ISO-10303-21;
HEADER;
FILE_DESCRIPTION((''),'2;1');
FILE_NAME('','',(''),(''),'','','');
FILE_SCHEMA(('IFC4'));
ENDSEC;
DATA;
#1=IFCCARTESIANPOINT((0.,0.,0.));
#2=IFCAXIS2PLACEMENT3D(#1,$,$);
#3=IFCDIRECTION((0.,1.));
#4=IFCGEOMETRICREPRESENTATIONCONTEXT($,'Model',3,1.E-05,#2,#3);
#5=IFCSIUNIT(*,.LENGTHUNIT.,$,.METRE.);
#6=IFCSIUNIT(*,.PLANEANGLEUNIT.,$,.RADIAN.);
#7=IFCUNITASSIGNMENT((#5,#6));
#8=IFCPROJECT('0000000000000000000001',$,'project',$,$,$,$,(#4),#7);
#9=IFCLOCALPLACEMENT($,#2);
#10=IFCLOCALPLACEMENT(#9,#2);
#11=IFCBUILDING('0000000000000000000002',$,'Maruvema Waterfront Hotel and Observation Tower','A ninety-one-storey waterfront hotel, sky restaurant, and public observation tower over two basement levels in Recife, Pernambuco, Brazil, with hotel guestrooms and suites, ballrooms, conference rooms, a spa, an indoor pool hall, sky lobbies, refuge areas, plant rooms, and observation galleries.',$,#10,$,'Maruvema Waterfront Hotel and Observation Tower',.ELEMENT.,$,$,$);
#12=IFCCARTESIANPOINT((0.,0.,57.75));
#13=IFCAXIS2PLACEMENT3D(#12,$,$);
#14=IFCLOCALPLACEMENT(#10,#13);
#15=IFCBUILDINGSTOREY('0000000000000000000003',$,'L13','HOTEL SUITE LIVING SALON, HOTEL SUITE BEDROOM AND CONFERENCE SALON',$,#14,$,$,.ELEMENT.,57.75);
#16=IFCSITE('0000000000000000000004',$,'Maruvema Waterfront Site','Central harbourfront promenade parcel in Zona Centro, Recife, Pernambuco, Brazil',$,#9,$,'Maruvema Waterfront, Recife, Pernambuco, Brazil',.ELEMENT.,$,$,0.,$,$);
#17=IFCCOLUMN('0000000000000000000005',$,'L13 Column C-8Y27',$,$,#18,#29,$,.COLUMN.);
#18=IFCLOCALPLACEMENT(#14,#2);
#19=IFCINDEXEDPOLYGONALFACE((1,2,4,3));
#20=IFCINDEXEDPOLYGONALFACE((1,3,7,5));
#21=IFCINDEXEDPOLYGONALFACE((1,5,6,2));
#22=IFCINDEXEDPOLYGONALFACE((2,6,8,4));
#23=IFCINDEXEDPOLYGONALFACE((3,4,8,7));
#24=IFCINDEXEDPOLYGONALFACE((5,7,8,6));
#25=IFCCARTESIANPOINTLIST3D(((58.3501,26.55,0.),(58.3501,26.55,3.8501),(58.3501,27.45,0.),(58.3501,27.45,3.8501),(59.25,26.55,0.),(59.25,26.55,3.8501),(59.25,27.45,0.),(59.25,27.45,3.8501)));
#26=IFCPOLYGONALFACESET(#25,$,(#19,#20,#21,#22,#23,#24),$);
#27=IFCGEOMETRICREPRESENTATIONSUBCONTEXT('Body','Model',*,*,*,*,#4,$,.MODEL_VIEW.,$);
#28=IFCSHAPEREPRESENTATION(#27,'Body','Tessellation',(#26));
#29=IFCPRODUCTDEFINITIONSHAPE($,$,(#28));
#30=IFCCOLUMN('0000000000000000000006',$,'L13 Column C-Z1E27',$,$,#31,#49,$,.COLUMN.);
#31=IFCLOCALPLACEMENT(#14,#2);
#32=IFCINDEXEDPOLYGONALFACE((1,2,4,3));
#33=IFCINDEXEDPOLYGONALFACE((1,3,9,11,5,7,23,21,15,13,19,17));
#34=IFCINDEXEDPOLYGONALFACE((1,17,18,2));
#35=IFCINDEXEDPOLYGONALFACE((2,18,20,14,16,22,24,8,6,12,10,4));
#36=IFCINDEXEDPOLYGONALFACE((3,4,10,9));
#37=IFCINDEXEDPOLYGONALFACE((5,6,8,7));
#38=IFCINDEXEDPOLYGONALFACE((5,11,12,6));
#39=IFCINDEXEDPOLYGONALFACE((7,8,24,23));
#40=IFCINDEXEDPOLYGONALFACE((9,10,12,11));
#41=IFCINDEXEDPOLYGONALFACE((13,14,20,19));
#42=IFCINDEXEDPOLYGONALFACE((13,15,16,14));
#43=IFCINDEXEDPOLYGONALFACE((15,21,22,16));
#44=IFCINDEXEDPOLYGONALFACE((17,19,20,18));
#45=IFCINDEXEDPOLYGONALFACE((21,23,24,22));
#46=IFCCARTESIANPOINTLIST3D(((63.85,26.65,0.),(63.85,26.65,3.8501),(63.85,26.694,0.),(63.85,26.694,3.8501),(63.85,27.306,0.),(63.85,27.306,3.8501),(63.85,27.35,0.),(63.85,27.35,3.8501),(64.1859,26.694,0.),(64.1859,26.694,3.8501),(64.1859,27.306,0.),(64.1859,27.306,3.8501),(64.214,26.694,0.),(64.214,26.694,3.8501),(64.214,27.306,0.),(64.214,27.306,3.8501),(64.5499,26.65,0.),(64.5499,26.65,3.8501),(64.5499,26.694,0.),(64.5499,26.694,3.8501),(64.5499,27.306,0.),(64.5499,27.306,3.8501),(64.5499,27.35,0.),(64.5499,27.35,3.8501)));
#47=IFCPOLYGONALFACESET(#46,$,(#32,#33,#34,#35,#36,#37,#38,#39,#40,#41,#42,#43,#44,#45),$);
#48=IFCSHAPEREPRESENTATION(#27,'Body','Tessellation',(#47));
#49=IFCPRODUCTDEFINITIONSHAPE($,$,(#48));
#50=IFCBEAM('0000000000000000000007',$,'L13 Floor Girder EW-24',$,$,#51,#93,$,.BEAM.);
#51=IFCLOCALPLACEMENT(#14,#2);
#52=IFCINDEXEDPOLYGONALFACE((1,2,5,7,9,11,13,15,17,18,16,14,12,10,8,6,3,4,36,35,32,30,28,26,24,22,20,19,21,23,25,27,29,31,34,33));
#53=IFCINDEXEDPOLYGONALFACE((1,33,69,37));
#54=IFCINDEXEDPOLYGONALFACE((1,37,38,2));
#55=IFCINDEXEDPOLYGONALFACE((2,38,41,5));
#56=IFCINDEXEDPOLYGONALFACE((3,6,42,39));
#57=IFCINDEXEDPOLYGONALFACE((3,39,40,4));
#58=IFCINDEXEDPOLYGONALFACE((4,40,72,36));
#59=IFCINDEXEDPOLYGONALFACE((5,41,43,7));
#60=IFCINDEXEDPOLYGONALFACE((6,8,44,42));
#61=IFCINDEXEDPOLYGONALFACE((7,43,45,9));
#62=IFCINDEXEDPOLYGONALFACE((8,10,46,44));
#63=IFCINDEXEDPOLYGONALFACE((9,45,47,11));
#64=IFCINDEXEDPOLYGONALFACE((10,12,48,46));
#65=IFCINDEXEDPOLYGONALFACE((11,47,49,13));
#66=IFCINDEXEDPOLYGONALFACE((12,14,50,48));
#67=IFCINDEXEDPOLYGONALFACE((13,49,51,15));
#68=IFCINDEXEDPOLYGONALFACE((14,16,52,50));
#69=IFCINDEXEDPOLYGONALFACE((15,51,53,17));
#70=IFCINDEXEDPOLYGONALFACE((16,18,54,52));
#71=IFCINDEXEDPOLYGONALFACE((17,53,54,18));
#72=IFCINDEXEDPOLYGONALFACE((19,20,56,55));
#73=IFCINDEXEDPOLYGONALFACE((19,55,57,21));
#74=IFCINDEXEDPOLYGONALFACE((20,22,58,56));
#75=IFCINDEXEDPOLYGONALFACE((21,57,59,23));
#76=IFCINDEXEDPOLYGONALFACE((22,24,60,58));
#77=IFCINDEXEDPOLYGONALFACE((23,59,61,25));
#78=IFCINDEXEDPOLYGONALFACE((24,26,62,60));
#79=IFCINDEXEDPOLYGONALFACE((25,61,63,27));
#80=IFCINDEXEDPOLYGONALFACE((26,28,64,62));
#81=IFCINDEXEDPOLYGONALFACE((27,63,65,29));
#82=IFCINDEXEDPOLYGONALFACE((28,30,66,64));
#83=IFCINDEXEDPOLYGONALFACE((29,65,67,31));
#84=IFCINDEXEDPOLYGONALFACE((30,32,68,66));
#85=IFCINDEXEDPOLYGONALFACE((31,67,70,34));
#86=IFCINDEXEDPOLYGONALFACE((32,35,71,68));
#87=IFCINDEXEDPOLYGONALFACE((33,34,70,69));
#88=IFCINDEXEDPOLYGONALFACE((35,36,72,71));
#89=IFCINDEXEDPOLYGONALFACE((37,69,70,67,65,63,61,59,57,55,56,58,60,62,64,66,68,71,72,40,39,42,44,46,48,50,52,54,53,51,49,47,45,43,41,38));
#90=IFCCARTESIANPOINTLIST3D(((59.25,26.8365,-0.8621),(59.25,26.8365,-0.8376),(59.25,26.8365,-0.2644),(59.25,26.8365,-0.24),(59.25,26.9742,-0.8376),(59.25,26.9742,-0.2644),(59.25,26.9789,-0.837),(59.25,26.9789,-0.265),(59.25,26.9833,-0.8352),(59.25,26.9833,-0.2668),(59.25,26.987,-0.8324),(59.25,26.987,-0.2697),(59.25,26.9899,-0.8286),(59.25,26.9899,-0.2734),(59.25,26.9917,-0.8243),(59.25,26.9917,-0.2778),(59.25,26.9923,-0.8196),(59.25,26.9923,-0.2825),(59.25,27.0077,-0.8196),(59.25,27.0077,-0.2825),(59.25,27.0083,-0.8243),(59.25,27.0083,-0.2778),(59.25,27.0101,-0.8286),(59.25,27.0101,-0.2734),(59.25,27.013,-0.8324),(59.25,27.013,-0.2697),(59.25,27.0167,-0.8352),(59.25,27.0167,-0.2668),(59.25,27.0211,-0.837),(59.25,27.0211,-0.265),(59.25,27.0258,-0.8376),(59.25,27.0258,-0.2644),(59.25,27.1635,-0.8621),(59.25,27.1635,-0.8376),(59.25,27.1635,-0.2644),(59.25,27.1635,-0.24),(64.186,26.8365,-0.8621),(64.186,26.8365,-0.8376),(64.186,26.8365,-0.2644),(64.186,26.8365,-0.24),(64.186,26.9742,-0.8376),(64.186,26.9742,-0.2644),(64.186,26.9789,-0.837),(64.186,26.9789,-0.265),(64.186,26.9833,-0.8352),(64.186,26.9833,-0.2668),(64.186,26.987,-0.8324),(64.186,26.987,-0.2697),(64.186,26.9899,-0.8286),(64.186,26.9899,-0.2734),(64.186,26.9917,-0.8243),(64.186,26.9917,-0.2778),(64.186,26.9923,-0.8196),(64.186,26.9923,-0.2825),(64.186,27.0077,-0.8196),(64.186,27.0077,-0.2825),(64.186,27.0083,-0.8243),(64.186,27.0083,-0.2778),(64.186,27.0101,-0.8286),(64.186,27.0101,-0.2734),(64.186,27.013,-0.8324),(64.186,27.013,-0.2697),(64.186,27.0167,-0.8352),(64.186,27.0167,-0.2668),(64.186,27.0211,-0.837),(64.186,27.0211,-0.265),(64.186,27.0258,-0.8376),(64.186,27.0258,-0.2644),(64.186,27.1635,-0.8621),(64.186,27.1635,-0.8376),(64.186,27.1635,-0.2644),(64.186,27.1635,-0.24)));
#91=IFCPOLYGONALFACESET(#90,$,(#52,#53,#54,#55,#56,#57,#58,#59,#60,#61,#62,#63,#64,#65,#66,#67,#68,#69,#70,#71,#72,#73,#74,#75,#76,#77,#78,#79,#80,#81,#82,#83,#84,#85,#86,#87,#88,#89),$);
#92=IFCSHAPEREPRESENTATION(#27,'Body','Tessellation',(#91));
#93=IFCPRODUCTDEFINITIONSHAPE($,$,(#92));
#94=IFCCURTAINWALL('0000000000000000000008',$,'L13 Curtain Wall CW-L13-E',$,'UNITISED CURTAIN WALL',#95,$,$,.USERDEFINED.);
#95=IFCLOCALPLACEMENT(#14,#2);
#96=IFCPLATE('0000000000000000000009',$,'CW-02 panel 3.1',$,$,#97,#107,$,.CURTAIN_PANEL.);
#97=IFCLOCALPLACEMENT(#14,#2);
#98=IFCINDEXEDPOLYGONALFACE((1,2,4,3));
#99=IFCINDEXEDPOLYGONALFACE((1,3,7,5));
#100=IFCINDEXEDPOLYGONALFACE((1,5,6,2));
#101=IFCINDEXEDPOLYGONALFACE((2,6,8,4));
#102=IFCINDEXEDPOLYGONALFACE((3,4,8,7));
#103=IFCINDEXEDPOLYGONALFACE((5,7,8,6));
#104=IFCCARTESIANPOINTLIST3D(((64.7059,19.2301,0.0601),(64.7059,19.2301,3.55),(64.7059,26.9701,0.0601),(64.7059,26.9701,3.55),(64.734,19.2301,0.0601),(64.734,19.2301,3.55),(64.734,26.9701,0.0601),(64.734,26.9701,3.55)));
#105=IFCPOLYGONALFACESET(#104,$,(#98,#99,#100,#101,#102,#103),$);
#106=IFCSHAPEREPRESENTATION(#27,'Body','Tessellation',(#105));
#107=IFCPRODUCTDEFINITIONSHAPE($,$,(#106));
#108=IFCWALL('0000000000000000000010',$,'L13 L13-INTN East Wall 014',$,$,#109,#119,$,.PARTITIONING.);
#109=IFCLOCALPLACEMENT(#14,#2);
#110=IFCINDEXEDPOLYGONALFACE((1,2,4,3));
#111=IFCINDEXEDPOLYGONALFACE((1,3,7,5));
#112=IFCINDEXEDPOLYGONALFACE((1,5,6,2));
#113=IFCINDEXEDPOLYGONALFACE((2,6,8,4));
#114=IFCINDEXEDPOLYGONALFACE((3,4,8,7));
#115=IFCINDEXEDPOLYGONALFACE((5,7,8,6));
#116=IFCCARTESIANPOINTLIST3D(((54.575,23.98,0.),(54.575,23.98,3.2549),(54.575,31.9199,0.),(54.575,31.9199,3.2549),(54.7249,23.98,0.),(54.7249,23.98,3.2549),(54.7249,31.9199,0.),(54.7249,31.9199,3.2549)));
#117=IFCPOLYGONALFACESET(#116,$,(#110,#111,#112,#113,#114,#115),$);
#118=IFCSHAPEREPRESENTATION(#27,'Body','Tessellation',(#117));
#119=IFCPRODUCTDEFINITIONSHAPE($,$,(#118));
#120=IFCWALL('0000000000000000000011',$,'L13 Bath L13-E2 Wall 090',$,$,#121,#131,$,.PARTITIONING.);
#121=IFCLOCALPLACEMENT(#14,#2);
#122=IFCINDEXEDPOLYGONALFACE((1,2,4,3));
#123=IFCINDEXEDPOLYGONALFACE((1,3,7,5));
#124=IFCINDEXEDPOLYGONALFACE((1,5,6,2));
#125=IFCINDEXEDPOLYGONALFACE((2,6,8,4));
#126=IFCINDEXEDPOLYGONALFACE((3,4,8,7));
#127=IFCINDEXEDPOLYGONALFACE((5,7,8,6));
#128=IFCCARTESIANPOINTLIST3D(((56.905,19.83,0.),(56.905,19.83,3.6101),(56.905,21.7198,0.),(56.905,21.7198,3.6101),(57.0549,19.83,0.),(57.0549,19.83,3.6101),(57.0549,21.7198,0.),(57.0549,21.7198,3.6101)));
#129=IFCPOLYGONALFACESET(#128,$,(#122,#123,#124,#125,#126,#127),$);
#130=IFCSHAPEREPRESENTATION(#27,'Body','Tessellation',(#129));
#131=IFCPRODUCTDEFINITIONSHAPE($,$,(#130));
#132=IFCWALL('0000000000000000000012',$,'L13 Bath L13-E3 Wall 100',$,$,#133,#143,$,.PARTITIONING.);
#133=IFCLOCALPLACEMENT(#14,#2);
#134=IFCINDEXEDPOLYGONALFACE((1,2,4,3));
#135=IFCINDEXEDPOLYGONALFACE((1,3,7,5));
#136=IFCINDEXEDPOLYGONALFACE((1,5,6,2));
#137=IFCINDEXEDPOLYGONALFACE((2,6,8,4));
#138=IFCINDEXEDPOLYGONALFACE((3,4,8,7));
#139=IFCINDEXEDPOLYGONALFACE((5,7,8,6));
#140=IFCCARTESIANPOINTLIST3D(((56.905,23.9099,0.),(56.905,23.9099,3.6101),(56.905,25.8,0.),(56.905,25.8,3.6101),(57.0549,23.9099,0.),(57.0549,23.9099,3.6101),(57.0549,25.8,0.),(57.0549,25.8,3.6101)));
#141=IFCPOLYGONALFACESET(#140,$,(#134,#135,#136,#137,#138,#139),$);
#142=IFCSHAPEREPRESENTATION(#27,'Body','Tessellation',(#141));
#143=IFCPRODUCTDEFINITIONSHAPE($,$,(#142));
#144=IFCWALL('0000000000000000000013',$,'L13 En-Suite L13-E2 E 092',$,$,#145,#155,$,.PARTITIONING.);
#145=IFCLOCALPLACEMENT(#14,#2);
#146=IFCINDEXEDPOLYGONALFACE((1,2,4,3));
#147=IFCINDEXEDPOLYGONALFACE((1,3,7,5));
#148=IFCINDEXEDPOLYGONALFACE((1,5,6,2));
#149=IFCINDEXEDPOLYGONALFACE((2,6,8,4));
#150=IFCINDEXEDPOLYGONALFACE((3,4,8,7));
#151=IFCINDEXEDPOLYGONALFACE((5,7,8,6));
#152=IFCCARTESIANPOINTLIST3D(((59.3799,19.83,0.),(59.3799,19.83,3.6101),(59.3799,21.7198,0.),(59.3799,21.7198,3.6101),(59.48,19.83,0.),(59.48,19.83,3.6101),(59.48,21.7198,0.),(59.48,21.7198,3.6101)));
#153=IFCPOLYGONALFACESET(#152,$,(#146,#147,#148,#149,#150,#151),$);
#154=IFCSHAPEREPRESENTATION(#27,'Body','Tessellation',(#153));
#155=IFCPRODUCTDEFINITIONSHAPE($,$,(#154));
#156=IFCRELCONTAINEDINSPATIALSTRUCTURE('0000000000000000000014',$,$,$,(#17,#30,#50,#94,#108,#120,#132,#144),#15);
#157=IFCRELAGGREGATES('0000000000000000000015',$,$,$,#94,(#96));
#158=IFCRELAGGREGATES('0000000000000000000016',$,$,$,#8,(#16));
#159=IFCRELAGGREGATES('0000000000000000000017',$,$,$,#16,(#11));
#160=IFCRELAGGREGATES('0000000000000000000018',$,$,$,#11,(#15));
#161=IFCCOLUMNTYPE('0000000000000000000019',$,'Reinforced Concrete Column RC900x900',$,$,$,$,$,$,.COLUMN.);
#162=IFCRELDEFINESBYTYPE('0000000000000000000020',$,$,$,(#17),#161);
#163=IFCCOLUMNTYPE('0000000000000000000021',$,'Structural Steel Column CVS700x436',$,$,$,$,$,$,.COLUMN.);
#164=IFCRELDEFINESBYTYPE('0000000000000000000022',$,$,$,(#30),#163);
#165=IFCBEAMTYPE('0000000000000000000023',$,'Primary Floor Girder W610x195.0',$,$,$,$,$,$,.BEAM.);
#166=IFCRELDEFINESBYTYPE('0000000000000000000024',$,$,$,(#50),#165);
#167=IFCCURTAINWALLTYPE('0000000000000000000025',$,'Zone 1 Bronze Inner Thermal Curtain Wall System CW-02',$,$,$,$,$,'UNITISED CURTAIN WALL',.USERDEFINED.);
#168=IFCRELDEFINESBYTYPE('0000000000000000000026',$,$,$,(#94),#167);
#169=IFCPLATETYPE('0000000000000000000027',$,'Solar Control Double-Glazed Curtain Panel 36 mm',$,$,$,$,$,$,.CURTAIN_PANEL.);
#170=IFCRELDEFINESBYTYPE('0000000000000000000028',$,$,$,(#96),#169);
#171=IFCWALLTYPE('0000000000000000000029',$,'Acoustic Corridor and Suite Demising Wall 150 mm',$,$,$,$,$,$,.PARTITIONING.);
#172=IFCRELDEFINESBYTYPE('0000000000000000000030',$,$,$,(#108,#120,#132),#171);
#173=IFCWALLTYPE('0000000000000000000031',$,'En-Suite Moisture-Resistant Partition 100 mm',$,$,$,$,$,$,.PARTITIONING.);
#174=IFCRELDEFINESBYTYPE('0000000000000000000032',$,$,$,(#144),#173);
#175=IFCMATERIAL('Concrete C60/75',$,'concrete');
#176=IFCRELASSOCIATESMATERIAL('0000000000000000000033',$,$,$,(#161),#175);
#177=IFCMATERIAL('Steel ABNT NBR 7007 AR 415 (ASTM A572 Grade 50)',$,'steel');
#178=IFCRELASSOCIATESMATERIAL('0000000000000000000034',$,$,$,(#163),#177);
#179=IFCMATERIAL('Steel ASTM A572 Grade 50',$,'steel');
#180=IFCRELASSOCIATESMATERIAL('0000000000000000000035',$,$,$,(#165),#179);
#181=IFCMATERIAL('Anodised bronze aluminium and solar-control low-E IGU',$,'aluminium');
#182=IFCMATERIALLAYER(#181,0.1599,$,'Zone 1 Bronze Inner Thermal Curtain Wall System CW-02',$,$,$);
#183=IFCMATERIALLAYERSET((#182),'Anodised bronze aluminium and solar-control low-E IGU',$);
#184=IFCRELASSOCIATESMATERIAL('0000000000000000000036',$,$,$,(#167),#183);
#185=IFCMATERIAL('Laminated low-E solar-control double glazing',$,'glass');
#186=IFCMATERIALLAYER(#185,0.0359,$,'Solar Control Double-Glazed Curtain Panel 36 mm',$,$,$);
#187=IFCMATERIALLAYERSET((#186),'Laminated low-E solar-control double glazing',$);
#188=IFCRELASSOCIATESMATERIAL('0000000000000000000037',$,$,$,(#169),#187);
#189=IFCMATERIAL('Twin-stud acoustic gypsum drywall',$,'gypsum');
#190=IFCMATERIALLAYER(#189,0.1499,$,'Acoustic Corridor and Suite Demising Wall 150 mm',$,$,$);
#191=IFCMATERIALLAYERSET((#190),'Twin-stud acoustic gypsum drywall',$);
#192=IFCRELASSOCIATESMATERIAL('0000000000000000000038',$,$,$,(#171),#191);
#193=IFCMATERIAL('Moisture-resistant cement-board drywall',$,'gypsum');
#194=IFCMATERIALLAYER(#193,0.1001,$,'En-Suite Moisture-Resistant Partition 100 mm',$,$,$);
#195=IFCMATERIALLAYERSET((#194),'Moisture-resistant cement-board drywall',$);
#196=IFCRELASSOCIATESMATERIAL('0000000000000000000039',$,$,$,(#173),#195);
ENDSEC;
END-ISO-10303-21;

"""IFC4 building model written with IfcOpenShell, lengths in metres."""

from ifc_helpers import new_model, si_unit, direction, frame, frame_2d, origin, origin_2d, place, context, subcontext, project, spatial, rectangle, i_section, extrude, material, layer, layer_set, material_profile, profile_set, type_object, element, aggregate, save


model = new_model("IFC4")

# Units and contexts
model_context = context("Model", 3, precision=1e-05, world=origin(), true_north=direction((0.0, 1.0)))
body_context = subcontext(model_context, "Body", "Model", "MODEL_VIEW")
ifc_project = project(units=[si_unit("LENGTHUNIT", "METRE"), si_unit("PLANEANGLEUNIT", "RADIAN")], contexts=[model_context])

# Site, building, storey
site_placement = place(None, origin())
site = spatial("IfcSite", under=ifc_project, at=site_placement, Name="Maruvema Waterfront Site", Description="Central harbourfront promenade parcel in Zona Centro, Recife, Pernambuco, Brazil", LongName="Maruvema Waterfront, Recife, Pernambuco, Brazil", CompositionType="ELEMENT", RefElevation=0.0)
building_placement = place(site_placement, origin())
building = spatial("IfcBuilding", under=site, at=building_placement, Name="Maruvema Waterfront Hotel and Observation Tower", Description="A ninety-one-storey waterfront hotel, sky restaurant, and public observation tower over two basement levels in Recife, Pernambuco, Brazil, with hotel guestrooms and suites, ballrooms, conference rooms, a spa, an indoor pool hall, sky lobbies, refuge areas, plant rooms, and observation galleries.", LongName="Maruvema Waterfront Hotel and Observation Tower", CompositionType="ELEMENT")
storey_placement = place(building_placement, frame((0.0, 0.0, 57.75)))
storey = spatial("IfcBuildingStorey", under=building, at=storey_placement, Name="L13", Description="HOTEL SUITE LIVING SALON, HOTEL SUITE BEDROOM AND CONFERENCE SALON", CompositionType="ELEMENT", Elevation=57.75)

# Columns
ifc_material_1 = material(Name="Concrete C60/75", Category="concrete")
ifc_material_profile_1 = material_profile(ifc_material_1, rectangle(XDim=0.8999, YDim=0.8999, at=origin_2d()), Name="RC900x900")
ifc_profile_set_1 = profile_set([ifc_material_profile_1], Name="Concrete C60/75")
column_type_1 = type_object("IfcColumnType", Name="Reinforced Concrete Column RC900x900", PredefinedType="COLUMN", material=ifc_profile_set_1)
column_1_placement = place(storey_placement, frame((58.8, 27.0, 0.0), z_axis=(0.0, 0.0, 1.0), x_axis=(1.0, 0.0, 0.0)))
element("IfcColumn", 1, at=column_1_placement, inside=storey, type_object=column_type_1, Name="L13 Column C-8Y27", PredefinedType="COLUMN", context=body_context, shape_type="SweptSolid", body=[
    extrude(rectangle(XDim=0.8999, YDim=0.8999, at=origin_2d()), origin(), (0.0, 0.0, 1.0), 3.8501),
])
ifc_material_2 = material(Name="Steel ABNT NBR 7007 AR 415 (ASTM A572 Grade 50)", Category="steel")
ifc_material_profile_2 = material_profile(ifc_material_2, i_section(OverallWidth=0.7, OverallDepth=0.7, WebThickness=0.0281, FlangeThickness=0.0439, at=origin_2d()), Name="CVS700x436")
ifc_profile_set_2 = profile_set([ifc_material_profile_2], Name="Steel ABNT NBR 7007 AR 415 (ASTM A572 Grade 50)")
column_type_2 = type_object("IfcColumnType", Name="Structural Steel Column CVS700x436", PredefinedType="COLUMN", material=ifc_profile_set_2)
column_2_placement = place(storey_placement, frame((64.2, 27.0, 0.0), z_axis=(0.0, 0.0, 1.0), x_axis=(1.0, 0.0, 0.0)))
element("IfcColumn", 2, at=column_2_placement, inside=storey, type_object=column_type_2, Name="L13 Column C-Z1E27", PredefinedType="COLUMN", context=body_context, shape_type="SweptSolid", body=[
    extrude(i_section(OverallWidth=0.7, OverallDepth=0.7, WebThickness=0.0281, FlangeThickness=0.0439, at=origin_2d()), origin(), (0.0, 0.0, 1.0), 3.8501),
])

# Beam
ifc_material_3 = material(Name="Steel ASTM A572 Grade 50", Category="steel")
ifc_material_profile_3 = material_profile(ifc_material_3, i_section(OverallWidth=0.3269, OverallDepth=0.6221, WebThickness=0.0154, FlangeThickness=0.0244, FilletRadius=0.0181, at=origin_2d()), Name="W610x195.0")
ifc_profile_set_3 = profile_set([ifc_material_profile_3], Name="Steel ASTM A572 Grade 50")
beam_type = type_object("IfcBeamType", Name="Primary Floor Girder W610x195.0", PredefinedType="BEAM", material=ifc_profile_set_3)
beam_placement = place(storey_placement, frame((59.25, 27.0, -0.551), z_axis=(1.0, 0.0, 0.0), x_axis=(0.0, 1.0, 0.0)))
element("IfcBeam", 3, at=beam_placement, inside=storey, type_object=beam_type, Name="L13 Floor Girder EW-24", PredefinedType="BEAM", context=body_context, shape_type="SweptSolid", body=[
    extrude(i_section(OverallWidth=0.3269, OverallDepth=0.6221, WebThickness=0.0154, FlangeThickness=0.0244, FilletRadius=0.0181, at=origin_2d()), origin(), (0.0, 0.0, 1.0), 4.936),
])

# Curtain wall, plate
ifc_material_4 = material(Name="Anodised bronze aluminium and solar-control low-E IGU", Category="aluminium")
ifc_layer_1 = layer(ifc_material_4, 0.1599, Name="Zone 1 Bronze Inner Thermal Curtain Wall System CW-02")
ifc_layer_set_1 = layer_set([ifc_layer_1], Name="Anodised bronze aluminium and solar-control low-E IGU")
curtain_wall_type = type_object("IfcCurtainWallType", Name="Zone 1 Bronze Inner Thermal Curtain Wall System CW-02", ElementType="UNITISED CURTAIN WALL", PredefinedType="USERDEFINED", material=ifc_layer_set_1)
curtain_wall_placement = place(storey_placement, origin())
curtain_wall = element("IfcCurtainWall", 4, at=curtain_wall_placement, inside=storey, type_object=curtain_wall_type, Name="L13 Curtain Wall CW-L13-E", ObjectType="UNITISED CURTAIN WALL", PredefinedType="USERDEFINED")
ifc_material_5 = material(Name="Laminated low-E solar-control double glazing", Category="glass")
ifc_layer_2 = layer(ifc_material_5, 0.0359, Name="Solar Control Double-Glazed Curtain Panel 36 mm")
ifc_layer_set_2 = layer_set([ifc_layer_2], Name="Laminated low-E solar-control double glazing")
plate_type = type_object("IfcPlateType", Name="Solar Control Double-Glazed Curtain Panel 36 mm", PredefinedType="CURTAIN_PANEL", material=ifc_layer_set_2)
plate_placement = place(storey_placement, frame((64.72, 23.1001, 0.0601), z_axis=(0.0, 0.0, 1.0), x_axis=(0.0, 1.0, 0.0)))
plate = element("IfcPlate", 5, at=plate_placement, type_object=plate_type, Name="CW-02 panel 3.1", PredefinedType="CURTAIN_PANEL", context=body_context, shape_type="SweptSolid", body=[
    extrude(rectangle(XDim=7.74, YDim=0.0281, at=origin_2d()), origin(), (0.0, 0.0, 1.0), 3.49),
])
aggregate(curtain_wall, [plate])

# Walls
ifc_material_6 = material(Name="Twin-stud acoustic gypsum drywall", Category="gypsum")
ifc_layer_3 = layer(ifc_material_6, 0.1499, Name="Acoustic Corridor and Suite Demising Wall 150 mm")
ifc_layer_set_3 = layer_set([ifc_layer_3], Name="Twin-stud acoustic gypsum drywall")
wall_type_1 = type_object("IfcWallType", Name="Acoustic Corridor and Suite Demising Wall 150 mm", PredefinedType="PARTITIONING", material=ifc_layer_set_3)
wall_1_placement = place(storey_placement, frame((54.6499, 23.98, 0.0), z_axis=(0.0, 0.0, 1.0), x_axis=(0.0, 1.0, 0.0)))
element("IfcWall", 6, at=wall_1_placement, inside=storey, type_object=wall_type_1, Name="L13 L13-INTN East Wall 014", PredefinedType="PARTITIONING", context=body_context, shape_type="SweptSolid", body=[
    extrude(rectangle(XDim=7.9399, YDim=0.1499, at=frame_2d((3.97, 0.0))), origin(), (0.0, 0.0, 1.0), 3.2549),
])
wall_2_placement = place(storey_placement, frame((56.98, 19.8301, 0.0), z_axis=(0.0, 0.0, 1.0), x_axis=(0.0, 1.0, 0.0)))
element("IfcWall", 7, at=wall_2_placement, inside=storey, type_object=wall_type_1, Name="L13 Bath L13-E2 Wall 090", PredefinedType="PARTITIONING", context=body_context, shape_type="SweptSolid", body=[
    extrude(rectangle(XDim=1.8899, YDim=0.1499, at=frame_2d((0.9448, 0.0))), origin(), (0.0, 0.0, 1.0), 3.6101),
])

# Wall
wall_3_placement = place(storey_placement, frame((56.98, 23.9099, 0.0), z_axis=(0.0, 0.0, 1.0), x_axis=(0.0, 1.0, 0.0)))
element("IfcWall", 8, at=wall_3_placement, inside=storey, type_object=wall_type_1, Name="L13 Bath L13-E3 Wall 100", PredefinedType="PARTITIONING", context=body_context, shape_type="SweptSolid", body=[
    extrude(rectangle(XDim=1.8901, YDim=0.1499, at=frame_2d((0.9451, 0.0))), origin(), (0.0, 0.0, 1.0), 3.6101),
])

# Wall
ifc_material_7 = material(Name="Moisture-resistant cement-board drywall", Category="gypsum")
ifc_layer_4 = layer(ifc_material_7, 0.1001, Name="En-Suite Moisture-Resistant Partition 100 mm")
ifc_layer_set_4 = layer_set([ifc_layer_4], Name="Moisture-resistant cement-board drywall")
wall_type_2 = type_object("IfcWallType", Name="En-Suite Moisture-Resistant Partition 100 mm", PredefinedType="PARTITIONING", material=ifc_layer_set_4)
wall_4_placement = place(storey_placement, frame((59.4299, 19.8301, 0.0), z_axis=(0.0, 0.0, 1.0), x_axis=(0.0, 1.0, 0.0)))
element("IfcWall", 9, at=wall_4_placement, inside=storey, type_object=wall_type_2, Name="L13 En-Suite L13-E2 E 092", PredefinedType="PARTITIONING", context=body_context, shape_type="SweptSolid", body=[
    extrude(rectangle(XDim=1.8899, YDim=0.1001, at=frame_2d((0.9448, 0.0))), origin(), (0.0, 0.0, 1.0), 3.6101),
])

save(model, "model.ifc")
